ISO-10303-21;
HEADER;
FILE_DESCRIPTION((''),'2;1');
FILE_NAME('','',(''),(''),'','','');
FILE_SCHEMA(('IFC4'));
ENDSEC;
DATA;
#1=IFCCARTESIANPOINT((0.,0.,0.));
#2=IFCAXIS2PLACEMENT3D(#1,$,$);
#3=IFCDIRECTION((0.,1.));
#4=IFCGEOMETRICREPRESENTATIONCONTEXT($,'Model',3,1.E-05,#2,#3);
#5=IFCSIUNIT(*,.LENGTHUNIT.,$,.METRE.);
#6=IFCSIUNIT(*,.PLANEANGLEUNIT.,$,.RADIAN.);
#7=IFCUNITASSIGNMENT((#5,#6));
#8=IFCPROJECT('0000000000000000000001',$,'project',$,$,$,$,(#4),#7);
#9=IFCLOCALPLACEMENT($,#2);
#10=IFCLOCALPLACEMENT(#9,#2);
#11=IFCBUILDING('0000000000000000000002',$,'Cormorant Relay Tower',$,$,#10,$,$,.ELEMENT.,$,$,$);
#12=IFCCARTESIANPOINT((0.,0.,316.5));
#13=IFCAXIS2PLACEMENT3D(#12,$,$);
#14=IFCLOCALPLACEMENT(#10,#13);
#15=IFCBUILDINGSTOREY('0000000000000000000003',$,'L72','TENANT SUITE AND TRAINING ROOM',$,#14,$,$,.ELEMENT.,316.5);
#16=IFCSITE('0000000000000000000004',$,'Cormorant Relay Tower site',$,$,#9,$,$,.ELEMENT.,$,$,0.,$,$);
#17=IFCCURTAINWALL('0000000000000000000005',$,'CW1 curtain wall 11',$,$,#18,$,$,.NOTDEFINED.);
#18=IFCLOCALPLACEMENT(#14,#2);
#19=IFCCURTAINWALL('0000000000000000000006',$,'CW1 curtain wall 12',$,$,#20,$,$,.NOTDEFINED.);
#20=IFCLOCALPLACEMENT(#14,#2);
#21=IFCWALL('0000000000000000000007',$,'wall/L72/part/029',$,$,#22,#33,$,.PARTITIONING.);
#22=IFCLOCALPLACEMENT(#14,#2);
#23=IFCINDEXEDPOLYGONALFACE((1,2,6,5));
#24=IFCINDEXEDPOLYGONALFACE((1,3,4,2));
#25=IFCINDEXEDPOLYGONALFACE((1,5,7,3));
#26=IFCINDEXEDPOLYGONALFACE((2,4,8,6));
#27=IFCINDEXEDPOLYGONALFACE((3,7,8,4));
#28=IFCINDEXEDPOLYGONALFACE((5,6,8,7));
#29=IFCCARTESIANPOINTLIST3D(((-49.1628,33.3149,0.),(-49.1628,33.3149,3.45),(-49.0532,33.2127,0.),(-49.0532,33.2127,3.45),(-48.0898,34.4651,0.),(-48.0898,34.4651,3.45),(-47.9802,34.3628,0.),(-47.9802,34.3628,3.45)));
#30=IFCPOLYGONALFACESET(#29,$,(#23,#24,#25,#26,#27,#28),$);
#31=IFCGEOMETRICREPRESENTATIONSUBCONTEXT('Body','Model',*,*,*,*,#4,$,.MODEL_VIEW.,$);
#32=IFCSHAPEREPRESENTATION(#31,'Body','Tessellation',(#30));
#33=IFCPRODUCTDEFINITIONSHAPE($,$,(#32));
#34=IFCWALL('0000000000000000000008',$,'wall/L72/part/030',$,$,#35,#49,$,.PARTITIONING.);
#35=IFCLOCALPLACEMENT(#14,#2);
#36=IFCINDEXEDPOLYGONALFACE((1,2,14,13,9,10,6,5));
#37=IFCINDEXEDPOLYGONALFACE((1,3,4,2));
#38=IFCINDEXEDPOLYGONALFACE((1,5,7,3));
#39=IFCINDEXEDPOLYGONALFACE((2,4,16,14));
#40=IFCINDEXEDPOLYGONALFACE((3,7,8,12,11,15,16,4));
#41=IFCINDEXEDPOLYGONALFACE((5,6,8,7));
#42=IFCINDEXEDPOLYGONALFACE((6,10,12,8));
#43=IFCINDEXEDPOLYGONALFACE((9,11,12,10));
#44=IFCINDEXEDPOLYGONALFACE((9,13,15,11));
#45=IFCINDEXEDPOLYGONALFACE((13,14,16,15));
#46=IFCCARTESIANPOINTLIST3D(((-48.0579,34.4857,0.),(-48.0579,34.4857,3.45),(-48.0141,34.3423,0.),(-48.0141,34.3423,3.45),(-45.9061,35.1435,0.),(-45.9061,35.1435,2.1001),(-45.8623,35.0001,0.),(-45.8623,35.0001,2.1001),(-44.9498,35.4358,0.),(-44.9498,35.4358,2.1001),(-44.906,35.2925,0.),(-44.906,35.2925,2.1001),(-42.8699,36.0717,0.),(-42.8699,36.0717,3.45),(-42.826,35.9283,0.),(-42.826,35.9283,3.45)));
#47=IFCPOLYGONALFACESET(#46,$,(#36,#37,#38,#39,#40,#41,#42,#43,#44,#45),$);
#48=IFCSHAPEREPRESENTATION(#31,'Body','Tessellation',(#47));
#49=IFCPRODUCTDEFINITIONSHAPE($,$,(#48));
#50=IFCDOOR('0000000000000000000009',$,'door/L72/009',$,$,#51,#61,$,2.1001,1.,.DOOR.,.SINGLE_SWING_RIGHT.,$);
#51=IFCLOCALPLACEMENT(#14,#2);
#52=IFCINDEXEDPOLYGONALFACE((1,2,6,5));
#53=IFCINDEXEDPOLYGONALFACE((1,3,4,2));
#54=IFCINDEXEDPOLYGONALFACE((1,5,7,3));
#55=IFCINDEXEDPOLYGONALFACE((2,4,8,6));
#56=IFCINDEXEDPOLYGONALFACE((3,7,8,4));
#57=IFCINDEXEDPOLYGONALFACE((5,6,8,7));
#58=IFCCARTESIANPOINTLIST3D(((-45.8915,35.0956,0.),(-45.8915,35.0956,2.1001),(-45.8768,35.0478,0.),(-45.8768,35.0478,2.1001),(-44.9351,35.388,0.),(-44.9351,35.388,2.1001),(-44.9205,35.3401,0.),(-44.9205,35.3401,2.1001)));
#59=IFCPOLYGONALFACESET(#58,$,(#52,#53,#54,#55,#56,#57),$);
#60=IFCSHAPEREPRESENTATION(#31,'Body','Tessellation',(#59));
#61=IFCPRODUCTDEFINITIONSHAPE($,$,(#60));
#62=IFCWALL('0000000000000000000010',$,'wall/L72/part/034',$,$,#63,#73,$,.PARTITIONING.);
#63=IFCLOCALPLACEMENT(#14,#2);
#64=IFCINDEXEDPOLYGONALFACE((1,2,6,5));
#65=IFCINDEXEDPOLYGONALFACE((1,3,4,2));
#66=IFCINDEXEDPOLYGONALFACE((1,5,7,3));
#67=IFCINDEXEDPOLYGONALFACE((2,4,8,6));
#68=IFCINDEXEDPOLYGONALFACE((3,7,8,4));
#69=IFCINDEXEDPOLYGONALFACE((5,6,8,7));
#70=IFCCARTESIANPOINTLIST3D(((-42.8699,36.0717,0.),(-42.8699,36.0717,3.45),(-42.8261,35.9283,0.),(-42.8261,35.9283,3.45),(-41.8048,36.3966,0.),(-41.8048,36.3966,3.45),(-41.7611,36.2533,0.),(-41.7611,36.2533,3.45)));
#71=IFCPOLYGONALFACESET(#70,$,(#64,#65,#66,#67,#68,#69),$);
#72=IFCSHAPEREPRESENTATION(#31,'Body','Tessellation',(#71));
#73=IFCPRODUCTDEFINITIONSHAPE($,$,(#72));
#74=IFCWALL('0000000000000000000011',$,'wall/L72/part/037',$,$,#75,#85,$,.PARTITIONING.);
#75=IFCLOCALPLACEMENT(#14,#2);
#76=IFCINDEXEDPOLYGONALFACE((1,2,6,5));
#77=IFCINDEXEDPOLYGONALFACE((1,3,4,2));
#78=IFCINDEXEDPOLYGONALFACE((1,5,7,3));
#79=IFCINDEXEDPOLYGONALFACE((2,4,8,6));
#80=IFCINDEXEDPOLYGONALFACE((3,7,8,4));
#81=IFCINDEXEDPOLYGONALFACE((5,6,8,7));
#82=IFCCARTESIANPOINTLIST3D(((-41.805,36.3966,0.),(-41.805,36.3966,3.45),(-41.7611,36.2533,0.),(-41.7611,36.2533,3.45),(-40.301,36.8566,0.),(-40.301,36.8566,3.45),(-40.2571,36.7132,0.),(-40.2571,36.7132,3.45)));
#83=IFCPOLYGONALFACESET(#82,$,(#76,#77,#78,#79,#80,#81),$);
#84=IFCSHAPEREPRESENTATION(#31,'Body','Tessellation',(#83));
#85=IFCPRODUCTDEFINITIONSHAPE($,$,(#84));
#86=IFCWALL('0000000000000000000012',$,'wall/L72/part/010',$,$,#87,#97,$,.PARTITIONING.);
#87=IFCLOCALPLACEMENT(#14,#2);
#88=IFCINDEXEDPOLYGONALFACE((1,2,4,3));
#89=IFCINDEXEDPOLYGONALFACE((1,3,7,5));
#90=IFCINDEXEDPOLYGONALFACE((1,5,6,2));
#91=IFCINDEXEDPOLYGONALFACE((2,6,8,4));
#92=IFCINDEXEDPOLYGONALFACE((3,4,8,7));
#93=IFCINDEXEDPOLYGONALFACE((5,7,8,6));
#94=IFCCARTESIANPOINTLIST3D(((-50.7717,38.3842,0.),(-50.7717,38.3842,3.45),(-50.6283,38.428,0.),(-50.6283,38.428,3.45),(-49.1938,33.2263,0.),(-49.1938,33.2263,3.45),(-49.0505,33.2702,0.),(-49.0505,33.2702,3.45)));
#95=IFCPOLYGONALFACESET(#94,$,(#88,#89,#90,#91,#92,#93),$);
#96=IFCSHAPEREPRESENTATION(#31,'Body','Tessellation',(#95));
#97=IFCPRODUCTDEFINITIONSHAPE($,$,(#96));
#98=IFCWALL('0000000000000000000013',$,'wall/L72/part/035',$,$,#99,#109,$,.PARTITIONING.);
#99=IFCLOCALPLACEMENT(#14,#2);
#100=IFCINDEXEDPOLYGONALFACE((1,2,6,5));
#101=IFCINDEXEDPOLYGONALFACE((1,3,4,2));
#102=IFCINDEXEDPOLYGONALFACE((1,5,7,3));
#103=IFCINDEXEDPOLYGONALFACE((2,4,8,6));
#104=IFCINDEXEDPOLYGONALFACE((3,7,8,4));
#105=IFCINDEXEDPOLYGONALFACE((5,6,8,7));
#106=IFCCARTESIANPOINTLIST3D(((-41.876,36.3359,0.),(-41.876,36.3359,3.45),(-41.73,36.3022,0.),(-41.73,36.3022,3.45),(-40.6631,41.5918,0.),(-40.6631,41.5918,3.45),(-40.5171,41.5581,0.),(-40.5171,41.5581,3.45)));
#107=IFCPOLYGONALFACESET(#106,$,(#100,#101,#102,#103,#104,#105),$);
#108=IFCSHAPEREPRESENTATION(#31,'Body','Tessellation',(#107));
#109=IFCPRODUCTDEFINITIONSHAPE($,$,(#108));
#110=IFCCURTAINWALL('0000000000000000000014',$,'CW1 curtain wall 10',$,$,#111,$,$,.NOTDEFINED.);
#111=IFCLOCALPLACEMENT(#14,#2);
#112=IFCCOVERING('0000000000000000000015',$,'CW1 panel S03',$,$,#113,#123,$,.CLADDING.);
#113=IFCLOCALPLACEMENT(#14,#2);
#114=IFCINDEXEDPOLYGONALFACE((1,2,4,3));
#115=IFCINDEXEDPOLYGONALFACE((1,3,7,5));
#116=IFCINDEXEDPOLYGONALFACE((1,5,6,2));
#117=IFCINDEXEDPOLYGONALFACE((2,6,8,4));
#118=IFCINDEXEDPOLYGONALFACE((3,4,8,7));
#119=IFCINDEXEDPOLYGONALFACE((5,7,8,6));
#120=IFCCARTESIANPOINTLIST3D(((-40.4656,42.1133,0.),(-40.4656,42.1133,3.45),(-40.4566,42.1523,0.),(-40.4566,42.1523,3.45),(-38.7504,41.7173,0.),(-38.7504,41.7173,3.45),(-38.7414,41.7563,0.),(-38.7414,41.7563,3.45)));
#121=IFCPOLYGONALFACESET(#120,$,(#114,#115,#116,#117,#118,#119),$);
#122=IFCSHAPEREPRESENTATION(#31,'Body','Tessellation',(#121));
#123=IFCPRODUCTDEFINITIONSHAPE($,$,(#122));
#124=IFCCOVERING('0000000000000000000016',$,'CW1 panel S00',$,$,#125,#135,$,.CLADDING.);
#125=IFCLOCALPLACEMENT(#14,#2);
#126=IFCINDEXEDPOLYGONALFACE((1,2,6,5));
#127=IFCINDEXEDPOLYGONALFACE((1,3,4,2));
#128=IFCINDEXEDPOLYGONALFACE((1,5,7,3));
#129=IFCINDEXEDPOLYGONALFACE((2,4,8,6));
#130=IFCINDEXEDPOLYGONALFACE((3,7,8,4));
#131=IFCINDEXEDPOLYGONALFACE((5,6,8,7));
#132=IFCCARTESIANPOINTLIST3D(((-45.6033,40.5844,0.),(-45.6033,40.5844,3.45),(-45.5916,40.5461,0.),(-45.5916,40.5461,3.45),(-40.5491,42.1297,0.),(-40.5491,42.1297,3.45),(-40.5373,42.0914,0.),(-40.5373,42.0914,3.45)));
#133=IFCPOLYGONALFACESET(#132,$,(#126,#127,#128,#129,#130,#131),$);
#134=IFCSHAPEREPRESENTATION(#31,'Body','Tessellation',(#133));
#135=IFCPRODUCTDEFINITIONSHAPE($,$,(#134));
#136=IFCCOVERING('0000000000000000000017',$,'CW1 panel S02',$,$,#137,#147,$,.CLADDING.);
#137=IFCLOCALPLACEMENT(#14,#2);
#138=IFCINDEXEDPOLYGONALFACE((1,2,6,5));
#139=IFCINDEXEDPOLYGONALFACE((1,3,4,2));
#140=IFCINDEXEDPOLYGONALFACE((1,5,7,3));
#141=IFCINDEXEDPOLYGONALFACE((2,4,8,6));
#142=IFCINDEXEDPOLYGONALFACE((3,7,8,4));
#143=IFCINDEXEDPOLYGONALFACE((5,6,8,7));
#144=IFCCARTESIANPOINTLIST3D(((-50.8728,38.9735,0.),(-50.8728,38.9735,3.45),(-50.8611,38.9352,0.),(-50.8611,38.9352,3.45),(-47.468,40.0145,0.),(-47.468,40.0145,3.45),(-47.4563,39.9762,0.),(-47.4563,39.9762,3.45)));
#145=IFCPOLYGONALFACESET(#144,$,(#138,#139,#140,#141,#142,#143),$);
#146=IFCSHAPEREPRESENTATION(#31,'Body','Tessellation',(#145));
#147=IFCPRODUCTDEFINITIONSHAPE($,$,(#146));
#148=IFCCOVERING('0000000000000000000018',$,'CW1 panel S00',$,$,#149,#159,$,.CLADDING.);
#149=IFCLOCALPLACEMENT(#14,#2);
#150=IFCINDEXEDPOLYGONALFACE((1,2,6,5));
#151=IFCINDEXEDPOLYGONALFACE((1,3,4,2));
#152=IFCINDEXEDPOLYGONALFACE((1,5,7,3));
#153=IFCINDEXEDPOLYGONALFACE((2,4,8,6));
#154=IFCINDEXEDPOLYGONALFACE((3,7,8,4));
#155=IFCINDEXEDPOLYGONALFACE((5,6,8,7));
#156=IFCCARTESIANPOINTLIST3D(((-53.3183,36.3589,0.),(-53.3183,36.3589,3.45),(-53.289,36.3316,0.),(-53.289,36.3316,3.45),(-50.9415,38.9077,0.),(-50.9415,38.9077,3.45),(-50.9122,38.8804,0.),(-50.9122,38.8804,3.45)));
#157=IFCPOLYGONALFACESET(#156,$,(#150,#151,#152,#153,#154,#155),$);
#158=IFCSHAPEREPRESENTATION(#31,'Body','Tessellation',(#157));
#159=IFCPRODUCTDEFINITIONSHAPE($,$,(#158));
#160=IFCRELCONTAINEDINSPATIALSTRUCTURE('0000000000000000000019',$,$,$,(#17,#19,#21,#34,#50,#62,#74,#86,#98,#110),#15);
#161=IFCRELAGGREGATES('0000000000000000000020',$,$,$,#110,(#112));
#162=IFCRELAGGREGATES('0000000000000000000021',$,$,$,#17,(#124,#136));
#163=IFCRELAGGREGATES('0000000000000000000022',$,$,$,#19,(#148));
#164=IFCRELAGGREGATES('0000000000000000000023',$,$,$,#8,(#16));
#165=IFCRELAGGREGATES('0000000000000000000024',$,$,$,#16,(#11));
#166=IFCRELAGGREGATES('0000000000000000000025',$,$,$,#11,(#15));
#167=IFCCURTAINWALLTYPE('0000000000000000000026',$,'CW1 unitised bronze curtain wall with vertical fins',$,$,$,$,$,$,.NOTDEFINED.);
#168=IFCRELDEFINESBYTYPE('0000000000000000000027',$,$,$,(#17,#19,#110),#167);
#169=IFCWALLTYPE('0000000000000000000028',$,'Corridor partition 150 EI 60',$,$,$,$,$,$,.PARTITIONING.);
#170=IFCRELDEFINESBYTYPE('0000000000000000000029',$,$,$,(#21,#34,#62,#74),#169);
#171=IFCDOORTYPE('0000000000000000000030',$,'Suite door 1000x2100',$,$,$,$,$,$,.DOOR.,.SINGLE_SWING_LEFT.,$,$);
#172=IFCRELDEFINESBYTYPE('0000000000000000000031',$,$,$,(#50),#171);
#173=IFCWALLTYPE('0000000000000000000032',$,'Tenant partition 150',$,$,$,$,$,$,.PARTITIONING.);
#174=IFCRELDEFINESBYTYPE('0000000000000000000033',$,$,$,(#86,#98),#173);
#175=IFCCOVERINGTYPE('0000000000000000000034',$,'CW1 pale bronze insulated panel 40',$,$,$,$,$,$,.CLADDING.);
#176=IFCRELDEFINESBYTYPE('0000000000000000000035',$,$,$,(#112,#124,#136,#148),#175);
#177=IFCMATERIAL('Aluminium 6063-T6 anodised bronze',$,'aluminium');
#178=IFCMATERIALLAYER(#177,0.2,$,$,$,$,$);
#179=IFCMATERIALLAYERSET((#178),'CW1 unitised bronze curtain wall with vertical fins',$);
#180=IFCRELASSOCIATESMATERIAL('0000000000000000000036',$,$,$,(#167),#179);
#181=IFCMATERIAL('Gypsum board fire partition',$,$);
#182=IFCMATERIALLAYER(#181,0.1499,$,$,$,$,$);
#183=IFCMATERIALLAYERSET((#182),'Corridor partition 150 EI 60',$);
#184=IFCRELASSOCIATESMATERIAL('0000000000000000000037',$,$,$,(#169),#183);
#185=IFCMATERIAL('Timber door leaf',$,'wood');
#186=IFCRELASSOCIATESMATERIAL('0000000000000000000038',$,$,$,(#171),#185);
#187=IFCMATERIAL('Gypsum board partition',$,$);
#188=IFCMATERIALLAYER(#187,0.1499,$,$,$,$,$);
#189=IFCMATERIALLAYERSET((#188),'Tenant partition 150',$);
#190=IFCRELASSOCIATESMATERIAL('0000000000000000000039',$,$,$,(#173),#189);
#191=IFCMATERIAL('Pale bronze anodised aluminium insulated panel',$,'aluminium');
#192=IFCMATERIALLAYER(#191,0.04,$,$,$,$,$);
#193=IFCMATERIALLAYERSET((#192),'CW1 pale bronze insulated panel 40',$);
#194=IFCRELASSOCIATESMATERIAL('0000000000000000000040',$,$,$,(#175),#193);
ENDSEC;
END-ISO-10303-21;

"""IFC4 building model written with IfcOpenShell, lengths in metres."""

from ifc_helpers import new_model, si_unit, direction, frame, frame_2d, origin, origin_2d, place, context, subcontext, project, spatial, rectangle, extrude, material, layer, layer_set, type_object, element, fill, aggregate, save


model = new_model("IFC4")

# Units and contexts
model_context = context("Model", 3, precision=1e-05, world=origin(), true_north=direction((0.0, 1.0)))
body_context = subcontext(model_context, "Body", "Model", "MODEL_VIEW")
ifc_project = project(units=[si_unit("LENGTHUNIT", "METRE"), si_unit("PLANEANGLEUNIT", "RADIAN")], contexts=[model_context])

# Site, building, storey
site_placement = place(None, origin())
site = spatial("IfcSite", under=ifc_project, at=site_placement, Name="Cormorant Relay Tower site", CompositionType="ELEMENT", RefElevation=0.0)
building_placement = place(site_placement, origin())
building = spatial("IfcBuilding", under=site, at=building_placement, Name="Cormorant Relay Tower", CompositionType="ELEMENT")
storey_placement = place(building_placement, frame((0.0, 0.0, 316.5)))
storey = spatial("IfcBuildingStorey", under=building, at=storey_placement, Name="L72", Description="TENANT SUITE AND TRAINING ROOM", CompositionType="ELEMENT", Elevation=316.5)

# Curtain walls
ifc_material_1 = material(Name="Aluminium 6063-T6 anodised bronze", Category="aluminium")
ifc_layer_1 = layer(ifc_material_1, 0.2)
ifc_layer_set_1 = layer_set([ifc_layer_1], Name="CW1 unitised bronze curtain wall with vertical fins")
curtain_wall_type = type_object("IfcCurtainWallType", Name="CW1 unitised bronze curtain wall with vertical fins", PredefinedType="NOTDEFINED", material=ifc_layer_set_1)
curtain_wall_1_placement = place(storey_placement, origin())
curtain_wall_1 = element("IfcCurtainWall", 1, at=curtain_wall_1_placement, inside=storey, type_object=curtain_wall_type, Name="CW1 curtain wall 11", PredefinedType="NOTDEFINED")
curtain_wall_2_placement = place(storey_placement, origin())
curtain_wall_2 = element("IfcCurtainWall", 2, at=curtain_wall_2_placement, inside=storey, type_object=curtain_wall_type, Name="CW1 curtain wall 12", PredefinedType="NOTDEFINED")

# Wall
ifc_material_2 = material(Name="Gypsum board fire partition")
ifc_layer_2 = layer(ifc_material_2, 0.1499)
ifc_layer_set_2 = layer_set([ifc_layer_2], Name="Corridor partition 150 EI 60")
wall_type_1 = type_object("IfcWallType", Name="Corridor partition 150 EI 60", PredefinedType="PARTITIONING", material=ifc_layer_set_2)
wall_1_placement = place(storey_placement, frame((-48.0349, 34.4141, 0.0), z_axis=(0.0, 0.0, 1.0), x_axis=(-0.682158, -0.731205, 0.0)))
element("IfcWall", 3, at=wall_1_placement, inside=storey, type_object=wall_type_1, Name="wall/L72/part/029", PredefinedType="PARTITIONING", context=body_context, shape_type="SweptSolid", body=[
    extrude(rectangle(XDim=1.573, YDim=0.1499, at=frame_2d((0.7866, 0.0))), origin(), (0.0, 0.0, 1.0), 3.45),
])

# Wall, opening, door
wall_2_placement = place(storey_placement, frame((-48.0359, 34.4141, 0.0), z_axis=(0.0, 0.0, 1.0), x_axis=(0.956315, 0.29234, 0.0)))
wall_2 = element("IfcWall", 4, at=wall_2_placement, inside=storey, type_object=wall_type_1, Name="wall/L72/part/030", PredefinedType="PARTITIONING", context=body_context, shape_type="SweptSolid", body=[
    extrude(rectangle(XDim=5.425, YDim=0.1499, at=frame_2d((2.7124, 0.0))), origin(), (0.0, 0.0, 1.0), 3.45),
])
opening_placement = place(wall_2_placement, frame((2.25, 0.0, 0.0)))
opening = element("IfcOpeningElement", 5, at=opening_placement, cuts=wall_2, PredefinedType="OPENING", context=body_context, shape_type="SweptSolid", body=[
    extrude(rectangle(XDim=1.0, YDim=2.1001, at=frame_2d((0.5, 1.05))), frame((0.0, 0.085, 0.0), z_axis=(0.0, -1.0, 0.0), x_axis=(1.0, 0.0, 0.0)), (0.0, 0.0, 1.0), 0.1699),
])
ifc_material_3 = material(Name="Timber door leaf", Category="wood")
door_type = type_object("IfcDoorType", Name="Suite door 1000x2100", OperationType="SINGLE_SWING_LEFT", PredefinedType="DOOR", material=ifc_material_3)
door_placement = place(opening_placement, origin())
door = element("IfcDoor", 6, at=door_placement, inside=storey, type_object=door_type, Name="door/L72/009", OperationType="SINGLE_SWING_RIGHT", OverallHeight=2.1001, OverallWidth=1.0, PredefinedType="DOOR", context=body_context, shape_type="SweptSolid", body=[
    extrude(rectangle(XDim=1.0, YDim=2.1001, at=frame_2d((0.5, 1.05))), frame((0.0, 0.0249, 0.0), z_axis=(0.0, -1.0, 0.0), x_axis=(1.0, 0.0, 0.0)), (0.0, 0.0, 1.0), 0.05),
])
fill(opening, door)

# Walls
wall_3_placement = place(storey_placement, frame((-42.8479, 36.0, 0.0), z_axis=(0.0, 0.0, 1.0), x_axis=(0.956464, 0.291851, 0.0)))
element("IfcWall", 7, at=wall_3_placement, inside=storey, type_object=wall_type_1, Name="wall/L72/part/034", PredefinedType="PARTITIONING", context=body_context, shape_type="SweptSolid", body=[
    extrude(rectangle(XDim=1.1135, YDim=0.1499, at=frame_2d((0.5566, 0.0))), origin(), (0.0, 0.0, 1.0), 3.45),
])
wall_4_placement = place(storey_placement, frame((-40.2791, 36.7849, 0.0), z_axis=(0.0, 0.0, 1.0), x_axis=(-0.956274, -0.292471, 0.0)))
element("IfcWall", 8, at=wall_4_placement, inside=storey, type_object=wall_type_1, Name="wall/L72/part/037", PredefinedType="PARTITIONING", context=body_context, shape_type="SweptSolid", body=[
    extrude(rectangle(XDim=1.5728, YDim=0.1499, at=frame_2d((0.7864, 0.0))), origin(), (0.0, 0.0, 1.0), 3.45),
])
ifc_material_4 = material(Name="Gypsum board partition")
ifc_layer_3 = layer(ifc_material_4, 0.1499)
ifc_layer_set_3 = layer_set([ifc_layer_3], Name="Tenant partition 150")
wall_type_2 = type_object("IfcWallType", Name="Tenant partition 150", PredefinedType="PARTITIONING", material=ifc_layer_set_3)
wall_5_placement = place(storey_placement, frame((-50.7, 38.406, 0.0), z_axis=(0.0, 0.0, 1.0), x_axis=(0.29253, -0.956256, 0.0)))
element("IfcWall", 9, at=wall_5_placement, inside=storey, type_object=wall_type_2, Name="wall/L72/part/010", PredefinedType="PARTITIONING", context=body_context, shape_type="SweptSolid", body=[
    extrude(rectangle(XDim=5.3938, YDim=0.1499, at=frame_2d((2.6968, 0.0))), origin(), (0.0, 0.0, 1.0), 3.45),
])
wall_6_placement = place(storey_placement, frame((-40.5901, 41.575, 0.0), z_axis=(0.0, 0.0, 1.0), x_axis=(-0.22486, -0.974391, 0.0)))
element("IfcWall", 10, at=wall_6_placement, inside=storey, type_object=wall_type_2, Name="wall/L72/part/035", PredefinedType="PARTITIONING", context=body_context, shape_type="SweptSolid", body=[
    extrude(rectangle(XDim=5.394, YDim=0.1499, at=frame_2d((2.697, 0.0))), origin(), (0.0, 0.0, 1.0), 3.45),
])

# Curtain wall, covering
curtain_wall_3_placement = place(storey_placement, origin())
curtain_wall_3 = element("IfcCurtainWall", 11, at=curtain_wall_3_placement, inside=storey, type_object=curtain_wall_type, Name="CW1 curtain wall 10", PredefinedType="NOTDEFINED")
ifc_material_5 = material(Name="Pale bronze anodised aluminium insulated panel", Category="aluminium")
ifc_layer_4 = layer(ifc_material_5, 0.04)
ifc_layer_set_4 = layer_set([ifc_layer_4], Name="CW1 pale bronze insulated panel 40")
covering_type = type_object("IfcCoveringType", Name="CW1 pale bronze insulated panel 40", PredefinedType="CLADDING", material=ifc_layer_set_4)
covering_1_placement = place(storey_placement, frame((-39.6035, 41.9348, 0.0), z_axis=(0.0, 0.0, 1.0), x_axis=(-0.97437, 0.224951, 0.0)))
covering_1 = element("IfcCovering", 12, at=covering_1_placement, type_object=covering_type, Name="CW1 panel S03", PredefinedType="CLADDING", context=body_context, shape_type="SweptSolid", body=[
    extrude(rectangle(XDim=1.7603, YDim=0.04, at=origin_2d()), origin(), (0.0, 0.0, 1.0), 3.45),
])
aggregate(curtain_wall_3, [covering_1])

# Coverings
covering_2_placement = place(storey_placement, frame((-43.0703, 41.3379, 0.0), z_axis=(0.0, 0.0, 1.0), x_axis=(-0.956305, -0.292372, 0.0)))
covering_2 = element("IfcCovering", 13, at=covering_2_placement, type_object=covering_type, Name="CW1 panel S00", PredefinedType="CLADDING", context=body_context, shape_type="SweptSolid", body=[
    extrude(rectangle(XDim=5.2852, YDim=0.04, at=origin_2d()), origin(), (0.0, 0.0, 1.0), 3.45),
])
covering_3_placement = place(storey_placement, frame((-49.1646, 39.4749, 0.0), z_axis=(0.0, 0.0, 1.0), x_axis=(-0.956305, -0.292372, 0.0)))
covering_3 = element("IfcCovering", 14, at=covering_3_placement, type_object=covering_type, Name="CW1 panel S02", PredefinedType="CLADDING", context=body_context, shape_type="SweptSolid", body=[
    extrude(rectangle(XDim=3.5603, YDim=0.04, at=origin_2d()), origin(), (0.0, 0.0, 1.0), 3.45),
])
aggregate(curtain_wall_1, [covering_2, covering_3])
covering_4_placement = place(storey_placement, frame((-52.1152, 37.6196, 0.0), z_axis=(0.0, 0.0, 1.0), x_axis=(-0.681998, -0.731354, 0.0)))
covering_4 = element("IfcCovering", 15, at=covering_4_placement, type_object=covering_type, Name="CW1 panel S00", PredefinedType="CLADDING", context=body_context, shape_type="SweptSolid", body=[
    extrude(rectangle(XDim=3.4851, YDim=0.04, at=origin_2d()), origin(), (0.0, 0.0, 1.0), 3.45),
])
aggregate(curtain_wall_2, [covering_4])

save(model, "model.ifc")
